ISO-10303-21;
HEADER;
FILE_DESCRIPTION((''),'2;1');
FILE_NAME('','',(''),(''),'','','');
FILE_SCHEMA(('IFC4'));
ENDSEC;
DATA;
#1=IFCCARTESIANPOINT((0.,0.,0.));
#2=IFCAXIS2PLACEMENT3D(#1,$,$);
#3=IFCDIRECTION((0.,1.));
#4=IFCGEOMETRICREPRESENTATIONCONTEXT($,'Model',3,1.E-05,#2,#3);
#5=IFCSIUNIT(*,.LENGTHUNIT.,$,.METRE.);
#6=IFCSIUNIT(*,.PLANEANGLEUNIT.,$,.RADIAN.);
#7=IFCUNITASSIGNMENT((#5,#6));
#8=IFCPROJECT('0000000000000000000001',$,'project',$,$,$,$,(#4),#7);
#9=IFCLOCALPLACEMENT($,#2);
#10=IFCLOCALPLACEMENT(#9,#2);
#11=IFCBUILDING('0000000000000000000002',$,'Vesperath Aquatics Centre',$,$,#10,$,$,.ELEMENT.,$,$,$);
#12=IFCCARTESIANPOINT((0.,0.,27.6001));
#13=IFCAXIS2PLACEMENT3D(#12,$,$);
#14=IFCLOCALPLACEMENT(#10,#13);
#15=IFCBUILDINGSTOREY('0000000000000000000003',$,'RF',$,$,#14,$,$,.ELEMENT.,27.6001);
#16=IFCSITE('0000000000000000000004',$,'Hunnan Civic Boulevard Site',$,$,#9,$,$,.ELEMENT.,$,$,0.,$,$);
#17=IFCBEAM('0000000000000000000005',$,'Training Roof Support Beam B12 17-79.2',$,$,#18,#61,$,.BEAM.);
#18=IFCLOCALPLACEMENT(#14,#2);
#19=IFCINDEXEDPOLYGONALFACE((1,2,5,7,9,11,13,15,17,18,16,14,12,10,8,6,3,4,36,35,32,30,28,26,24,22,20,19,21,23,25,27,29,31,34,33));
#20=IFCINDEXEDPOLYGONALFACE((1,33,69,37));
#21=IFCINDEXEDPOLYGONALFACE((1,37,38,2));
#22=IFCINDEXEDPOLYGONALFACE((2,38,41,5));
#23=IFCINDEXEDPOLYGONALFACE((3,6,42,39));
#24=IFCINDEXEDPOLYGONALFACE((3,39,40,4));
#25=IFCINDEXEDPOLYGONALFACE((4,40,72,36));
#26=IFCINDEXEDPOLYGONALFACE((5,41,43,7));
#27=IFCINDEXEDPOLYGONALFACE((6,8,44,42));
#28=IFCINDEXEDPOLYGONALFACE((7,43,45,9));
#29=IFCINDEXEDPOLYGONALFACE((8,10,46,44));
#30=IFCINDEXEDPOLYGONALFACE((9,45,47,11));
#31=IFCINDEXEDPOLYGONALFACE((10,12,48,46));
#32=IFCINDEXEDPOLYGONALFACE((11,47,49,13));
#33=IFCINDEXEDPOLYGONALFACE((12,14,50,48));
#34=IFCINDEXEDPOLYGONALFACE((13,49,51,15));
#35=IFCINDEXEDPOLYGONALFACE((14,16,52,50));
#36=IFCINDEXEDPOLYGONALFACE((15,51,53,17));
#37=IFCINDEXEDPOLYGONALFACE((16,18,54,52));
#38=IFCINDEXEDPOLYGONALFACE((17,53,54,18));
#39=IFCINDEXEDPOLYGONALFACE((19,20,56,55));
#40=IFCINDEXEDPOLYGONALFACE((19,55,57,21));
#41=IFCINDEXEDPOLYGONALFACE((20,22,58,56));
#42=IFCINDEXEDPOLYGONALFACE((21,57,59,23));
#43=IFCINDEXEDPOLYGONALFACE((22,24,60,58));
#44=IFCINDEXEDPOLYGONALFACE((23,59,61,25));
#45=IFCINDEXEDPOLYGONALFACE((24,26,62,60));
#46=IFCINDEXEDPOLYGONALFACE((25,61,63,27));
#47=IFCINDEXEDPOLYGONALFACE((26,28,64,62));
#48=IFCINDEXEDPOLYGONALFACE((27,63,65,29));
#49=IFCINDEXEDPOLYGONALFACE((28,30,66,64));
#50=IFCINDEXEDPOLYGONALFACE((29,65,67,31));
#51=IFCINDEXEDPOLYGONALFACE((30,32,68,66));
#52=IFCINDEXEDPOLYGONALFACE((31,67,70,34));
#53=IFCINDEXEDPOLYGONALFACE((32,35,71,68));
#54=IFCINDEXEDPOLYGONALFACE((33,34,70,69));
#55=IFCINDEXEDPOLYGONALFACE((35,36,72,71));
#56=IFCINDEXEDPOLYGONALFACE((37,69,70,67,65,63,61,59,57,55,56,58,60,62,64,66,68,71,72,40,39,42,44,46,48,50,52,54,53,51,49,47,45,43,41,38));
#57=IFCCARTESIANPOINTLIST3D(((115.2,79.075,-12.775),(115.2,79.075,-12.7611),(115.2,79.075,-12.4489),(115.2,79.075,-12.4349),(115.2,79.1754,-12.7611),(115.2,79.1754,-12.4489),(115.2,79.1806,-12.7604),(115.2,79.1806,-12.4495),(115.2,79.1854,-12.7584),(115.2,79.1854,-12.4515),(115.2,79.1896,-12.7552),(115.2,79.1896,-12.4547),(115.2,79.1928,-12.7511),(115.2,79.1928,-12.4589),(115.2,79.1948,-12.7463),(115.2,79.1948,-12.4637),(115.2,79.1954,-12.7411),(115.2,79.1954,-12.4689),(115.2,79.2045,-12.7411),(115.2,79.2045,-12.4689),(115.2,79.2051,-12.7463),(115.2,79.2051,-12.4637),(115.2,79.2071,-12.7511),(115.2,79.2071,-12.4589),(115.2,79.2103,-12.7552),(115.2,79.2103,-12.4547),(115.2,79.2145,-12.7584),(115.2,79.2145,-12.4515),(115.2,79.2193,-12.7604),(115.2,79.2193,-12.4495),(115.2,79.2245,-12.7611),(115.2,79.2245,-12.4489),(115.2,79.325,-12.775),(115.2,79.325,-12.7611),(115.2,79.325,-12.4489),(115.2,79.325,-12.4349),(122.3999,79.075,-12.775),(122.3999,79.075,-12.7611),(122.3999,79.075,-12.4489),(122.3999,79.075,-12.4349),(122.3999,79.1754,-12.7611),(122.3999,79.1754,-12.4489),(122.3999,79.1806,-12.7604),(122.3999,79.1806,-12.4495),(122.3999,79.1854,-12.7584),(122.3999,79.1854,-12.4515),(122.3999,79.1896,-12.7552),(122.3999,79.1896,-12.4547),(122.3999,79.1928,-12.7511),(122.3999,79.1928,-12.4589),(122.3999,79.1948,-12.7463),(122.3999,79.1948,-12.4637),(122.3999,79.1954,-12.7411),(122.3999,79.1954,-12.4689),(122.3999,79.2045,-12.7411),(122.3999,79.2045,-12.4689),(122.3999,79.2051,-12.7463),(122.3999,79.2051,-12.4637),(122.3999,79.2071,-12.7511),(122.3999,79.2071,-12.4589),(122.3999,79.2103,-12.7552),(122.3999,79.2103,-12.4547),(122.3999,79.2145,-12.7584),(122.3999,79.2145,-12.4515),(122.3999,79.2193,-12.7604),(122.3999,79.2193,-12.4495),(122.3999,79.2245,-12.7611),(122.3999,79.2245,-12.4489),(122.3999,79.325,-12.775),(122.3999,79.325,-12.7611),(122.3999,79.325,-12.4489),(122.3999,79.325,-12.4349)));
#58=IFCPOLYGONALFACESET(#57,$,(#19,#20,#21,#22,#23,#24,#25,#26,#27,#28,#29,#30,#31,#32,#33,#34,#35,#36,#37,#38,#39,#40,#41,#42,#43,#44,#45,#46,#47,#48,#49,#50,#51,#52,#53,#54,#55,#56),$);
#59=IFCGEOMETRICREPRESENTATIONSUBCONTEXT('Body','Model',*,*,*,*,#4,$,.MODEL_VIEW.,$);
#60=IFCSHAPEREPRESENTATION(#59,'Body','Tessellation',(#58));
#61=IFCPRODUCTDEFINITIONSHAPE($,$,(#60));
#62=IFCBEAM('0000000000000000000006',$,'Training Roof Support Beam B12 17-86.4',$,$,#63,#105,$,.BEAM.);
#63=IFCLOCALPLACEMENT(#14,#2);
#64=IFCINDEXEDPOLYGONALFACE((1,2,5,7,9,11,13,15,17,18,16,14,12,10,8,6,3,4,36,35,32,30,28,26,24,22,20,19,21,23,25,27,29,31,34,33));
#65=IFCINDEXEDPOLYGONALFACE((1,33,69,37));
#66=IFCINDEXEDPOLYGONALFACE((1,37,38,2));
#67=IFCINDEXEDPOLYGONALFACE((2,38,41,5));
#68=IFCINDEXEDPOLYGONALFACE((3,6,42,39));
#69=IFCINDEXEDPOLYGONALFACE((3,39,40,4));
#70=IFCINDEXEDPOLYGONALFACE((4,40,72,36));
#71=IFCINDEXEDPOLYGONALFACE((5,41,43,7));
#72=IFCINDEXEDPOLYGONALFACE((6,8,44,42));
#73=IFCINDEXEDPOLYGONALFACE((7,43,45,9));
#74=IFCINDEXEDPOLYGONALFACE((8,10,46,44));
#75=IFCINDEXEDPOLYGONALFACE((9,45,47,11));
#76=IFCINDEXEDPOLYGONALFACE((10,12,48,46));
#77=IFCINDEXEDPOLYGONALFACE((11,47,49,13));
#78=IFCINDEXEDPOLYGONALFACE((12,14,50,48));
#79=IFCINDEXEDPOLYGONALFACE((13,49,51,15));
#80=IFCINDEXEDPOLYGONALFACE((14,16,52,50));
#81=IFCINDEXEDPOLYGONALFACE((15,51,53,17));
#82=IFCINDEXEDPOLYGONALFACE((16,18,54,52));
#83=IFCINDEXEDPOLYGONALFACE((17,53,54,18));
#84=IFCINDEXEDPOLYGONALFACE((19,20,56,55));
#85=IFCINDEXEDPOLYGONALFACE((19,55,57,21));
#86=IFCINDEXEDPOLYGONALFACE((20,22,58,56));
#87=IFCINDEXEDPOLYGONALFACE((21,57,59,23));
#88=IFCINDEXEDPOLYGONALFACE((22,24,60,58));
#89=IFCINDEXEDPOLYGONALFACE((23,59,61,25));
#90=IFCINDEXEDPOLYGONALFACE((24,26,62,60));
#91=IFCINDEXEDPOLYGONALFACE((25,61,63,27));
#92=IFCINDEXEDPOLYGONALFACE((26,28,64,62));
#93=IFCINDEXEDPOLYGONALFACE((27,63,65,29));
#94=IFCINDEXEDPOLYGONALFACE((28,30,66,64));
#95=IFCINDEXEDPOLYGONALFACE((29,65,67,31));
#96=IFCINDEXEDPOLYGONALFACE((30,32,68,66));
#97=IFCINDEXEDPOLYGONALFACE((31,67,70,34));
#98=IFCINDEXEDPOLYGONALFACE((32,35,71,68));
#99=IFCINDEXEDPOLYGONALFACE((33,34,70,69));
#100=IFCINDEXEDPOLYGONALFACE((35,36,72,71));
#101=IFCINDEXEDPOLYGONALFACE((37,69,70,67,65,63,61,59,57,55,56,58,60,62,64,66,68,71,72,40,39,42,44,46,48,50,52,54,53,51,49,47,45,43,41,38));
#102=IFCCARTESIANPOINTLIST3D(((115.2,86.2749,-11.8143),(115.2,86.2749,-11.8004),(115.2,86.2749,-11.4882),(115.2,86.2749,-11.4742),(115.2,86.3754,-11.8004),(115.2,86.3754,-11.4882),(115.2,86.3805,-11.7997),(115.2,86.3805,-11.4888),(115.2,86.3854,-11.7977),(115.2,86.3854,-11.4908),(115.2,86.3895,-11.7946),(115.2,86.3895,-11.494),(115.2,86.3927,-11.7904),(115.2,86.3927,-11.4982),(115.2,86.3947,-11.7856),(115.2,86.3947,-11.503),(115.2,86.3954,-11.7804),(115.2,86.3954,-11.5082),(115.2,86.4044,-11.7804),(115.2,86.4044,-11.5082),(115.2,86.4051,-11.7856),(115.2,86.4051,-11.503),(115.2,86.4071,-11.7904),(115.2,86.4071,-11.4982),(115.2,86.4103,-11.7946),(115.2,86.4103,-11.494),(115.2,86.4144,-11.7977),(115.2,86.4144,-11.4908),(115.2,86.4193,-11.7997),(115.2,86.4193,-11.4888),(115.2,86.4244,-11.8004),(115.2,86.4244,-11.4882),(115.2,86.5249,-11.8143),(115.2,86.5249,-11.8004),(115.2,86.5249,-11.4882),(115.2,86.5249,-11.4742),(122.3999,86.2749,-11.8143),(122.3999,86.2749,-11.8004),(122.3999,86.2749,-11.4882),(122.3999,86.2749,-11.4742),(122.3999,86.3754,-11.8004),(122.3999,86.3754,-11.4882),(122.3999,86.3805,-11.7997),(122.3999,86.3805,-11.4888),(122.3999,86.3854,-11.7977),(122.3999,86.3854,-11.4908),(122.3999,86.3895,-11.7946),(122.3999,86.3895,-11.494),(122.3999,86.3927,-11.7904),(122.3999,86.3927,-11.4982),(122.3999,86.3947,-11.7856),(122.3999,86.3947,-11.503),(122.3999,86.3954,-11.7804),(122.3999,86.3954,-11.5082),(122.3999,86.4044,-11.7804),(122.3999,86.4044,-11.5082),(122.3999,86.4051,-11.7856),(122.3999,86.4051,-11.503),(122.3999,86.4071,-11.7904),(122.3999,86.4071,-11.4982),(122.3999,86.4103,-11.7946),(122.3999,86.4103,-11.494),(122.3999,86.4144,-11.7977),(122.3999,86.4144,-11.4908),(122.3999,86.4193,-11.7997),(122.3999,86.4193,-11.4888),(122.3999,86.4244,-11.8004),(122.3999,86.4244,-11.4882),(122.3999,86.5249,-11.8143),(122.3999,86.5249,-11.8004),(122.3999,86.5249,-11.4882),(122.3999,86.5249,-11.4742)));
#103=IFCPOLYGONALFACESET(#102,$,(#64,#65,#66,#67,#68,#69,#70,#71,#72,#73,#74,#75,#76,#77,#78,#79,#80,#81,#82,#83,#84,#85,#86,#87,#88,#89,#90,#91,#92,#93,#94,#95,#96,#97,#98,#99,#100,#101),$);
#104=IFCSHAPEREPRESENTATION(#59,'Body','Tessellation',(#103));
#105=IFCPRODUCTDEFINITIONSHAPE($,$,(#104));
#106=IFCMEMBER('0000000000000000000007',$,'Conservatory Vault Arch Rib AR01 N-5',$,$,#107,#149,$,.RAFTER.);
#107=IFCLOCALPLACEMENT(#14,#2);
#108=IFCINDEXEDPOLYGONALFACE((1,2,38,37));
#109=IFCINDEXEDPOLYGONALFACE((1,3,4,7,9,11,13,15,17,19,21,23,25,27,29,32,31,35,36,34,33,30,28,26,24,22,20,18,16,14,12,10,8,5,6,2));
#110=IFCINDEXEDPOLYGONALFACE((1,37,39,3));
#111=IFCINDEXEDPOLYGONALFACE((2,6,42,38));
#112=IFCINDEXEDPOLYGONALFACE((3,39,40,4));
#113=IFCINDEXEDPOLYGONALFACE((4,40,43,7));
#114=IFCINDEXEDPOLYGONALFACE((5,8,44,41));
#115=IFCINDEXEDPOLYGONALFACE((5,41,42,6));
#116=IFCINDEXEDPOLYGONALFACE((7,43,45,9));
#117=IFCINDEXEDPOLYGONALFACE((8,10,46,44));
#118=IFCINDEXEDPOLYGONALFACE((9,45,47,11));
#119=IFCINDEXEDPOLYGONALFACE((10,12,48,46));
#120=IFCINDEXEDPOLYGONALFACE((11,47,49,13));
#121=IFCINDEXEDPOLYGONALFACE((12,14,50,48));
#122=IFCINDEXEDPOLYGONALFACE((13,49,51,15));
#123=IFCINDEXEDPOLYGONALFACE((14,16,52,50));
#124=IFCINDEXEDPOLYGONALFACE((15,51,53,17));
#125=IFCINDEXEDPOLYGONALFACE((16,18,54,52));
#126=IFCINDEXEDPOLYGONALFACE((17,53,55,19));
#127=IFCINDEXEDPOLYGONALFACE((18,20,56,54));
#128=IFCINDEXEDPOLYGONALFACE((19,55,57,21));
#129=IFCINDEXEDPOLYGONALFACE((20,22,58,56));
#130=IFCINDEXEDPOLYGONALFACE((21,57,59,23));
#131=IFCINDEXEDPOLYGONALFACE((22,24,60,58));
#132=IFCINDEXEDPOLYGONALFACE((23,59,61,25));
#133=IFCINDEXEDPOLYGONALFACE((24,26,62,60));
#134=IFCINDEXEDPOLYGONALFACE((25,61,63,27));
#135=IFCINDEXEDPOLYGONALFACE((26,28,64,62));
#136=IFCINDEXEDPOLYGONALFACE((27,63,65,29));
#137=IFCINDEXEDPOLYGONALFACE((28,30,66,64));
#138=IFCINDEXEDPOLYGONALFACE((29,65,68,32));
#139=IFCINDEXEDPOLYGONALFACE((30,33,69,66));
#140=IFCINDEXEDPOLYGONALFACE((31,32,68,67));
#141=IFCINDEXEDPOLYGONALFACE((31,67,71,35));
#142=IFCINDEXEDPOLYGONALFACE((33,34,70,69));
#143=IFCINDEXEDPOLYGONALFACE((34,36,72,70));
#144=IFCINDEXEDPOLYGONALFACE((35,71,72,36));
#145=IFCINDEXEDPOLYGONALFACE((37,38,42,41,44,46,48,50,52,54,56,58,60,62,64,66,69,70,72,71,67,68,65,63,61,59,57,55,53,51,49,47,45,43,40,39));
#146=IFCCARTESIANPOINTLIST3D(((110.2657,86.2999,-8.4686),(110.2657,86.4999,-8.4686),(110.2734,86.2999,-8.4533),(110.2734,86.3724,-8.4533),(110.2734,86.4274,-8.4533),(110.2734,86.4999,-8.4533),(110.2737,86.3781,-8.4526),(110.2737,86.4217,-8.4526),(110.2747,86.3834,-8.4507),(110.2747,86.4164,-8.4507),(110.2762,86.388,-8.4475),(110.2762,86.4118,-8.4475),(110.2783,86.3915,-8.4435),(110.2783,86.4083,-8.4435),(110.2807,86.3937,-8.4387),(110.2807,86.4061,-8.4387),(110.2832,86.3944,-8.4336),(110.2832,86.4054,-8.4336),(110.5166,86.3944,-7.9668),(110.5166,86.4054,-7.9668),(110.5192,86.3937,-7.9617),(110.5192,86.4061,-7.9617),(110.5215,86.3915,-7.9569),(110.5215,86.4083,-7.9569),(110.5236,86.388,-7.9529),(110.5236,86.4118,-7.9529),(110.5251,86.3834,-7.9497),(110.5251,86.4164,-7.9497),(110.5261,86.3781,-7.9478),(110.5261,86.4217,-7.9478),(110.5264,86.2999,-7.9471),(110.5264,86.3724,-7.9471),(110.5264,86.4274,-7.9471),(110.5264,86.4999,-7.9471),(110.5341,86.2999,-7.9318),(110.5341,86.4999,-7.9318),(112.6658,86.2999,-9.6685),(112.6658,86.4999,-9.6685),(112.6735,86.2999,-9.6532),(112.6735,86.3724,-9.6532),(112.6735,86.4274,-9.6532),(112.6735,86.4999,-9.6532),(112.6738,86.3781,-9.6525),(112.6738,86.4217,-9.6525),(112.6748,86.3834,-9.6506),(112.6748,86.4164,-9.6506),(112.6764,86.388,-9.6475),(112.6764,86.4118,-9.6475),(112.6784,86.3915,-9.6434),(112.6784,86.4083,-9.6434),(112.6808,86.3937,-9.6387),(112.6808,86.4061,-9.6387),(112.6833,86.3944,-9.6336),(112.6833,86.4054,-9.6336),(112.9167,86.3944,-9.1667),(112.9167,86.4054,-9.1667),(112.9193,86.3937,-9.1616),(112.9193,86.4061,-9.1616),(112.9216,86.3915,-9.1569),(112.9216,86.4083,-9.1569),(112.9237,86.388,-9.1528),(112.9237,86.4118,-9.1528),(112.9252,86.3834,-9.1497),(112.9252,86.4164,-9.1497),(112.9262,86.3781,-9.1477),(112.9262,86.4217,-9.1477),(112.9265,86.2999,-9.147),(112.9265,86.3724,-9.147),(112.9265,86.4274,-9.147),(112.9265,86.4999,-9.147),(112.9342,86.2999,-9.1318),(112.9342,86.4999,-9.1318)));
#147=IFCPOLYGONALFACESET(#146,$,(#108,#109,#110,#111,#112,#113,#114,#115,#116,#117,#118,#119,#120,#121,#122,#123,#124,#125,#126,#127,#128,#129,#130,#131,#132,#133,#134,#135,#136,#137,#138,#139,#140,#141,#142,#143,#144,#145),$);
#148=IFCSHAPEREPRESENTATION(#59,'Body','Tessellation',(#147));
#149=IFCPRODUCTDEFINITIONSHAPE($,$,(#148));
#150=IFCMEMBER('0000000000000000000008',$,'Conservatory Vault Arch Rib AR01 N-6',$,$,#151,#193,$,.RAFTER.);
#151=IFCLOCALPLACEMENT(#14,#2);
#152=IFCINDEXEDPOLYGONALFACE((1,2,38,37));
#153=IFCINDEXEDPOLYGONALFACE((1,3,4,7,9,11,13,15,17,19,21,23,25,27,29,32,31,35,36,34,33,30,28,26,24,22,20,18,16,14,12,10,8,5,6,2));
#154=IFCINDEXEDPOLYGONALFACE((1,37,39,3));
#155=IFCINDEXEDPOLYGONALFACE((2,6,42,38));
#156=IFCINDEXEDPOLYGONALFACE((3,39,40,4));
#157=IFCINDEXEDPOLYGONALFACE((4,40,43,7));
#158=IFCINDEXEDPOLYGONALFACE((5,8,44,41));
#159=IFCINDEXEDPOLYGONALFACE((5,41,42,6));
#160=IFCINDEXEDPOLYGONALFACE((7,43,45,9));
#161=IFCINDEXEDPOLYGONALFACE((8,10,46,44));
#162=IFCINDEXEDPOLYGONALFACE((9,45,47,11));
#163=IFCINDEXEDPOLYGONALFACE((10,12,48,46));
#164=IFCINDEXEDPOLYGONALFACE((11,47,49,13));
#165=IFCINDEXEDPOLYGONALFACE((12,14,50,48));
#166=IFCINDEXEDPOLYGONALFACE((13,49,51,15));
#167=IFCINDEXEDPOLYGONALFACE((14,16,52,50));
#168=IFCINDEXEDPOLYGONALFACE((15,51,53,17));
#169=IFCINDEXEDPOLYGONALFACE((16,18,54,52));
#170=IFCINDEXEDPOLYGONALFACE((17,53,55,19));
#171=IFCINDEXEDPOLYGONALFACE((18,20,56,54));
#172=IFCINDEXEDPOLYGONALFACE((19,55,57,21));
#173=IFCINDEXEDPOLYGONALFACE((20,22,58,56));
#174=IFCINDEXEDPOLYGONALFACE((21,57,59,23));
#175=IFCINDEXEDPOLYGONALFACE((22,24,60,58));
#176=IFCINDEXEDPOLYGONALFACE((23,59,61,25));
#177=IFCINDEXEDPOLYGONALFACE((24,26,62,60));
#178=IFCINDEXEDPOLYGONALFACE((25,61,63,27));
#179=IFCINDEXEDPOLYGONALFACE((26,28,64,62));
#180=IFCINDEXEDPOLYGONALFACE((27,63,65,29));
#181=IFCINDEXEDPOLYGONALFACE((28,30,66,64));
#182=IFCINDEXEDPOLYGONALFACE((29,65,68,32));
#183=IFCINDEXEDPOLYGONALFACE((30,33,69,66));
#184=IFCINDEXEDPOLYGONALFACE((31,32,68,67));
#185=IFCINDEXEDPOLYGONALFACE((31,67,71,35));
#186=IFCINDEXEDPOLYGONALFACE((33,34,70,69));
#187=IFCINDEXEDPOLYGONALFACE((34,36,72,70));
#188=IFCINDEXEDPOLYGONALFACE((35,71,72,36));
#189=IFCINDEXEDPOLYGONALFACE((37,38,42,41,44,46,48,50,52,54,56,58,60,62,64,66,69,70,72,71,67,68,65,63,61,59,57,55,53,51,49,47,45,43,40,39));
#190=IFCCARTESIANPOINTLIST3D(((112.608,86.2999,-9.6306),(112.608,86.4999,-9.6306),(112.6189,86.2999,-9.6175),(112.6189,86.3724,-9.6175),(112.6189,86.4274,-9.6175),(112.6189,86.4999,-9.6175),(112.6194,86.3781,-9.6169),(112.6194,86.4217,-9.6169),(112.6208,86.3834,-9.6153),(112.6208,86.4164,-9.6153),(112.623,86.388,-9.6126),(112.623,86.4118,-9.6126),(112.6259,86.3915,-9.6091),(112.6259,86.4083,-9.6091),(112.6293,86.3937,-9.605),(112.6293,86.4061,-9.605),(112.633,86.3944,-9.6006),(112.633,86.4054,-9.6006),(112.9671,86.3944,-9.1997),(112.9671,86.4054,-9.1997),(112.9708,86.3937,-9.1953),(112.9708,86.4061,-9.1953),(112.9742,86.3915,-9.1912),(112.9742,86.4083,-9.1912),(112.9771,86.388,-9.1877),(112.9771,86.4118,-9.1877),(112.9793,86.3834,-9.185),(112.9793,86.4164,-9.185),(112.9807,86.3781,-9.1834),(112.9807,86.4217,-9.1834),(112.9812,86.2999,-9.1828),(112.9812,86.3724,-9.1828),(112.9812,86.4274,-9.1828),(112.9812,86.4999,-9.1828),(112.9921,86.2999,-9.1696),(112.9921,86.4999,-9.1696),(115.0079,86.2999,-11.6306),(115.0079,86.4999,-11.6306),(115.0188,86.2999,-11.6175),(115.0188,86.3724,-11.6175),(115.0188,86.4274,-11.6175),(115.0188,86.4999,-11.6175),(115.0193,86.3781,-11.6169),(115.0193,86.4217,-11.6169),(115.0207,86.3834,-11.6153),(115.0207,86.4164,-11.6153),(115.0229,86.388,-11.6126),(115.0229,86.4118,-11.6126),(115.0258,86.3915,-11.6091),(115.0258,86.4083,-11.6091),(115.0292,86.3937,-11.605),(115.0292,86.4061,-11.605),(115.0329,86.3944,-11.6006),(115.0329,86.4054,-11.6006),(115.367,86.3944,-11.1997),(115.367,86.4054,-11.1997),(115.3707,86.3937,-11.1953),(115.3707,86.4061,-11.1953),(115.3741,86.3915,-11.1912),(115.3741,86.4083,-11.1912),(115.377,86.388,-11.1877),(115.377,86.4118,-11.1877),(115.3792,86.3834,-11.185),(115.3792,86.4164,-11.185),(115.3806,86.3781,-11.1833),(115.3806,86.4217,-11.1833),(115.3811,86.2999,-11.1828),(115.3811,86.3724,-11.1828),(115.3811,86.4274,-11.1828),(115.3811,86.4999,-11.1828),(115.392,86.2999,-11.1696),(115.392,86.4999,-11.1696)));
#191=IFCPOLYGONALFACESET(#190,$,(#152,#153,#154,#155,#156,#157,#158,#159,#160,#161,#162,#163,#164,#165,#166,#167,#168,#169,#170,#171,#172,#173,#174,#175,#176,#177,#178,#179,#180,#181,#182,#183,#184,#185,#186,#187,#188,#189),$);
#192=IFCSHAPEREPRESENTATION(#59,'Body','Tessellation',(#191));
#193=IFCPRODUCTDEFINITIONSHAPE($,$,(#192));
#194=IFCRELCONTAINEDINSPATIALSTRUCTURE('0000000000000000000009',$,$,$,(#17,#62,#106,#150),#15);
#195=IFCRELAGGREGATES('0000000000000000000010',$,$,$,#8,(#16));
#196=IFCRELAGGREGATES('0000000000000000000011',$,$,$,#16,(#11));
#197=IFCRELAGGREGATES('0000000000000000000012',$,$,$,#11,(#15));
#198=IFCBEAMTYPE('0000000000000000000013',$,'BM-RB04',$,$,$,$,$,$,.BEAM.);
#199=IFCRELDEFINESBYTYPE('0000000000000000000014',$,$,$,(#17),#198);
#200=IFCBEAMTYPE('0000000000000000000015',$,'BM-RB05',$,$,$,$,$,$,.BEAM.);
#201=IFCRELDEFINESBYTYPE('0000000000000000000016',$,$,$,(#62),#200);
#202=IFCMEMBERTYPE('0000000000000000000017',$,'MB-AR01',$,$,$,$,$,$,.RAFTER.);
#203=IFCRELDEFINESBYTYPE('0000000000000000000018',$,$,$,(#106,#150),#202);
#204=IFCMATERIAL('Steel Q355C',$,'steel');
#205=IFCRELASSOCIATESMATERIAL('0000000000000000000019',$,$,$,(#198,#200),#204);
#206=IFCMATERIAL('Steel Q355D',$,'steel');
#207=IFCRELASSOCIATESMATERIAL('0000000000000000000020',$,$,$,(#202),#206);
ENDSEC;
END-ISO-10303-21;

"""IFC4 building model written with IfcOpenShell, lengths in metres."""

from ifc_helpers import new_model, si_unit, direction, frame, origin, origin_2d, place, context, subcontext, project, spatial, i_section, extrude, material, material_profile, profile_set, type_object, element, save


model = new_model("IFC4")

# Units and contexts
model_context = context("Model", 3, precision=1e-05, world=origin(), true_north=direction((0.0, 1.0)))
body_context = subcontext(model_context, "Body", "Model", "MODEL_VIEW")
ifc_project = project(units=[si_unit("LENGTHUNIT", "METRE"), si_unit("PLANEANGLEUNIT", "RADIAN")], contexts=[model_context])

# Site, building, storey
site_placement = place(None, origin())
site = spatial("IfcSite", under=ifc_project, at=site_placement, Name="Hunnan Civic Boulevard Site", CompositionType="ELEMENT", RefElevation=0.0)
building_placement = place(site_placement, origin())
building = spatial("IfcBuilding", under=site, at=building_placement, Name="Vesperath Aquatics Centre", CompositionType="ELEMENT")
storey_placement = place(building_placement, frame((0.0, 0.0, 27.6001)))
storey = spatial("IfcBuildingStorey", under=building, at=storey_placement, Name="RF", CompositionType="ELEMENT", Elevation=27.6001)

# Beams
ifc_material_1 = material(Name="Steel Q355C", Category="steel")
ifc_material_profile_1 = material_profile(ifc_material_1, i_section(OverallWidth=0.25, OverallDepth=0.3401, WebThickness=0.009, FlangeThickness=0.0139, FilletRadius=0.02, at=origin_2d()), Name="HM 340x250x9x14")
ifc_profile_set_1 = profile_set([ifc_material_profile_1], Name="Steel Q355C")
beam_type_1 = type_object("IfcBeamType", Name="BM-RB04", PredefinedType="BEAM", material=ifc_profile_set_1)
beam_1_placement = place(storey_placement, frame((115.2, 79.2, -12.605), z_axis=(1.0, 0.0, 0.0), x_axis=(0.0, 1.0, 0.0)))
element("IfcBeam", 1, at=beam_1_placement, inside=storey, type_object=beam_type_1, Name="Training Roof Support Beam B12 17-79.2", PredefinedType="BEAM", context=body_context, shape_type="SweptSolid", body=[
    extrude(i_section(OverallWidth=0.25, OverallDepth=0.3401, WebThickness=0.009, FlangeThickness=0.0139, FilletRadius=0.02, at=origin_2d()), origin(), (0.0, 0.0, 1.0), 7.2),
])
ifc_material_profile_2 = material_profile(ifc_material_1, i_section(OverallWidth=0.25, OverallDepth=0.3401, WebThickness=0.009, FlangeThickness=0.0139, FilletRadius=0.02, at=origin_2d()), Name="HM 340x250x9x14")
ifc_profile_set_2 = profile_set([ifc_material_profile_2], Name="Steel Q355C")
beam_type_2 = type_object("IfcBeamType", Name="BM-RB05", PredefinedType="BEAM", material=ifc_profile_set_2)
beam_2_placement = place(storey_placement, frame((115.2, 86.3999, -11.6443), z_axis=(1.0, 0.0, 0.0), x_axis=(0.0, 1.0, 0.0)))
element("IfcBeam", 2, at=beam_2_placement, inside=storey, type_object=beam_type_2, Name="Training Roof Support Beam B12 17-86.4", PredefinedType="BEAM", context=body_context, shape_type="SweptSolid", body=[
    extrude(i_section(OverallWidth=0.25, OverallDepth=0.3401, WebThickness=0.009, FlangeThickness=0.0139, FilletRadius=0.02, at=origin_2d()), origin(), (0.0, 0.0, 1.0), 7.2),
])

# Members
ifc_material_2 = material(Name="Steel Q355D", Category="steel")
ifc_material_profile_3 = material_profile(ifc_material_2, i_section(OverallWidth=0.2, OverallDepth=0.6001, WebThickness=0.011, FlangeThickness=0.0171, FilletRadius=0.022, at=origin_2d()), Name="HN 600x200x11x17")
ifc_profile_set_3 = profile_set([ifc_material_profile_3], Name="Steel Q355D")
member_type_1 = type_object("IfcMemberType", Name="MB-AR01", PredefinedType="RAFTER", material=ifc_profile_set_3)
member_1_placement = place(storey_placement, frame((110.3999, 86.3999, -8.2002), z_axis=(0.894445, 0.0, -0.447177), x_axis=(0.0, 1.0, 0.0)))
element("IfcMember", 3, at=member_1_placement, inside=storey, type_object=member_type_1, Name="Conservatory Vault Arch Rib AR01 N-5", PredefinedType="RAFTER", context=body_context, shape_type="SweptSolid", body=[
    extrude(i_section(OverallWidth=0.2, OverallDepth=0.6001, WebThickness=0.011, FlangeThickness=0.0171, FilletRadius=0.022, at=origin_2d()), origin(), (0.0, 0.0, 1.0), 2.6833),
])
member_2_placement = place(storey_placement, frame((112.8, 86.3999, -9.4001), z_axis=(0.768208, 0.0, -0.6402), x_axis=(0.0, 1.0, 0.0)))
element("IfcMember", 4, at=member_2_placement, inside=storey, type_object=member_type_1, Name="Conservatory Vault Arch Rib AR01 N-6", PredefinedType="RAFTER", context=body_context, shape_type="SweptSolid", body=[
    extrude(i_section(OverallWidth=0.2, OverallDepth=0.6001, WebThickness=0.011, FlangeThickness=0.0171, FilletRadius=0.022, at=origin_2d()), origin(), (0.0, 0.0, 1.0), 3.124),
])

save(model, "model.ifc")
